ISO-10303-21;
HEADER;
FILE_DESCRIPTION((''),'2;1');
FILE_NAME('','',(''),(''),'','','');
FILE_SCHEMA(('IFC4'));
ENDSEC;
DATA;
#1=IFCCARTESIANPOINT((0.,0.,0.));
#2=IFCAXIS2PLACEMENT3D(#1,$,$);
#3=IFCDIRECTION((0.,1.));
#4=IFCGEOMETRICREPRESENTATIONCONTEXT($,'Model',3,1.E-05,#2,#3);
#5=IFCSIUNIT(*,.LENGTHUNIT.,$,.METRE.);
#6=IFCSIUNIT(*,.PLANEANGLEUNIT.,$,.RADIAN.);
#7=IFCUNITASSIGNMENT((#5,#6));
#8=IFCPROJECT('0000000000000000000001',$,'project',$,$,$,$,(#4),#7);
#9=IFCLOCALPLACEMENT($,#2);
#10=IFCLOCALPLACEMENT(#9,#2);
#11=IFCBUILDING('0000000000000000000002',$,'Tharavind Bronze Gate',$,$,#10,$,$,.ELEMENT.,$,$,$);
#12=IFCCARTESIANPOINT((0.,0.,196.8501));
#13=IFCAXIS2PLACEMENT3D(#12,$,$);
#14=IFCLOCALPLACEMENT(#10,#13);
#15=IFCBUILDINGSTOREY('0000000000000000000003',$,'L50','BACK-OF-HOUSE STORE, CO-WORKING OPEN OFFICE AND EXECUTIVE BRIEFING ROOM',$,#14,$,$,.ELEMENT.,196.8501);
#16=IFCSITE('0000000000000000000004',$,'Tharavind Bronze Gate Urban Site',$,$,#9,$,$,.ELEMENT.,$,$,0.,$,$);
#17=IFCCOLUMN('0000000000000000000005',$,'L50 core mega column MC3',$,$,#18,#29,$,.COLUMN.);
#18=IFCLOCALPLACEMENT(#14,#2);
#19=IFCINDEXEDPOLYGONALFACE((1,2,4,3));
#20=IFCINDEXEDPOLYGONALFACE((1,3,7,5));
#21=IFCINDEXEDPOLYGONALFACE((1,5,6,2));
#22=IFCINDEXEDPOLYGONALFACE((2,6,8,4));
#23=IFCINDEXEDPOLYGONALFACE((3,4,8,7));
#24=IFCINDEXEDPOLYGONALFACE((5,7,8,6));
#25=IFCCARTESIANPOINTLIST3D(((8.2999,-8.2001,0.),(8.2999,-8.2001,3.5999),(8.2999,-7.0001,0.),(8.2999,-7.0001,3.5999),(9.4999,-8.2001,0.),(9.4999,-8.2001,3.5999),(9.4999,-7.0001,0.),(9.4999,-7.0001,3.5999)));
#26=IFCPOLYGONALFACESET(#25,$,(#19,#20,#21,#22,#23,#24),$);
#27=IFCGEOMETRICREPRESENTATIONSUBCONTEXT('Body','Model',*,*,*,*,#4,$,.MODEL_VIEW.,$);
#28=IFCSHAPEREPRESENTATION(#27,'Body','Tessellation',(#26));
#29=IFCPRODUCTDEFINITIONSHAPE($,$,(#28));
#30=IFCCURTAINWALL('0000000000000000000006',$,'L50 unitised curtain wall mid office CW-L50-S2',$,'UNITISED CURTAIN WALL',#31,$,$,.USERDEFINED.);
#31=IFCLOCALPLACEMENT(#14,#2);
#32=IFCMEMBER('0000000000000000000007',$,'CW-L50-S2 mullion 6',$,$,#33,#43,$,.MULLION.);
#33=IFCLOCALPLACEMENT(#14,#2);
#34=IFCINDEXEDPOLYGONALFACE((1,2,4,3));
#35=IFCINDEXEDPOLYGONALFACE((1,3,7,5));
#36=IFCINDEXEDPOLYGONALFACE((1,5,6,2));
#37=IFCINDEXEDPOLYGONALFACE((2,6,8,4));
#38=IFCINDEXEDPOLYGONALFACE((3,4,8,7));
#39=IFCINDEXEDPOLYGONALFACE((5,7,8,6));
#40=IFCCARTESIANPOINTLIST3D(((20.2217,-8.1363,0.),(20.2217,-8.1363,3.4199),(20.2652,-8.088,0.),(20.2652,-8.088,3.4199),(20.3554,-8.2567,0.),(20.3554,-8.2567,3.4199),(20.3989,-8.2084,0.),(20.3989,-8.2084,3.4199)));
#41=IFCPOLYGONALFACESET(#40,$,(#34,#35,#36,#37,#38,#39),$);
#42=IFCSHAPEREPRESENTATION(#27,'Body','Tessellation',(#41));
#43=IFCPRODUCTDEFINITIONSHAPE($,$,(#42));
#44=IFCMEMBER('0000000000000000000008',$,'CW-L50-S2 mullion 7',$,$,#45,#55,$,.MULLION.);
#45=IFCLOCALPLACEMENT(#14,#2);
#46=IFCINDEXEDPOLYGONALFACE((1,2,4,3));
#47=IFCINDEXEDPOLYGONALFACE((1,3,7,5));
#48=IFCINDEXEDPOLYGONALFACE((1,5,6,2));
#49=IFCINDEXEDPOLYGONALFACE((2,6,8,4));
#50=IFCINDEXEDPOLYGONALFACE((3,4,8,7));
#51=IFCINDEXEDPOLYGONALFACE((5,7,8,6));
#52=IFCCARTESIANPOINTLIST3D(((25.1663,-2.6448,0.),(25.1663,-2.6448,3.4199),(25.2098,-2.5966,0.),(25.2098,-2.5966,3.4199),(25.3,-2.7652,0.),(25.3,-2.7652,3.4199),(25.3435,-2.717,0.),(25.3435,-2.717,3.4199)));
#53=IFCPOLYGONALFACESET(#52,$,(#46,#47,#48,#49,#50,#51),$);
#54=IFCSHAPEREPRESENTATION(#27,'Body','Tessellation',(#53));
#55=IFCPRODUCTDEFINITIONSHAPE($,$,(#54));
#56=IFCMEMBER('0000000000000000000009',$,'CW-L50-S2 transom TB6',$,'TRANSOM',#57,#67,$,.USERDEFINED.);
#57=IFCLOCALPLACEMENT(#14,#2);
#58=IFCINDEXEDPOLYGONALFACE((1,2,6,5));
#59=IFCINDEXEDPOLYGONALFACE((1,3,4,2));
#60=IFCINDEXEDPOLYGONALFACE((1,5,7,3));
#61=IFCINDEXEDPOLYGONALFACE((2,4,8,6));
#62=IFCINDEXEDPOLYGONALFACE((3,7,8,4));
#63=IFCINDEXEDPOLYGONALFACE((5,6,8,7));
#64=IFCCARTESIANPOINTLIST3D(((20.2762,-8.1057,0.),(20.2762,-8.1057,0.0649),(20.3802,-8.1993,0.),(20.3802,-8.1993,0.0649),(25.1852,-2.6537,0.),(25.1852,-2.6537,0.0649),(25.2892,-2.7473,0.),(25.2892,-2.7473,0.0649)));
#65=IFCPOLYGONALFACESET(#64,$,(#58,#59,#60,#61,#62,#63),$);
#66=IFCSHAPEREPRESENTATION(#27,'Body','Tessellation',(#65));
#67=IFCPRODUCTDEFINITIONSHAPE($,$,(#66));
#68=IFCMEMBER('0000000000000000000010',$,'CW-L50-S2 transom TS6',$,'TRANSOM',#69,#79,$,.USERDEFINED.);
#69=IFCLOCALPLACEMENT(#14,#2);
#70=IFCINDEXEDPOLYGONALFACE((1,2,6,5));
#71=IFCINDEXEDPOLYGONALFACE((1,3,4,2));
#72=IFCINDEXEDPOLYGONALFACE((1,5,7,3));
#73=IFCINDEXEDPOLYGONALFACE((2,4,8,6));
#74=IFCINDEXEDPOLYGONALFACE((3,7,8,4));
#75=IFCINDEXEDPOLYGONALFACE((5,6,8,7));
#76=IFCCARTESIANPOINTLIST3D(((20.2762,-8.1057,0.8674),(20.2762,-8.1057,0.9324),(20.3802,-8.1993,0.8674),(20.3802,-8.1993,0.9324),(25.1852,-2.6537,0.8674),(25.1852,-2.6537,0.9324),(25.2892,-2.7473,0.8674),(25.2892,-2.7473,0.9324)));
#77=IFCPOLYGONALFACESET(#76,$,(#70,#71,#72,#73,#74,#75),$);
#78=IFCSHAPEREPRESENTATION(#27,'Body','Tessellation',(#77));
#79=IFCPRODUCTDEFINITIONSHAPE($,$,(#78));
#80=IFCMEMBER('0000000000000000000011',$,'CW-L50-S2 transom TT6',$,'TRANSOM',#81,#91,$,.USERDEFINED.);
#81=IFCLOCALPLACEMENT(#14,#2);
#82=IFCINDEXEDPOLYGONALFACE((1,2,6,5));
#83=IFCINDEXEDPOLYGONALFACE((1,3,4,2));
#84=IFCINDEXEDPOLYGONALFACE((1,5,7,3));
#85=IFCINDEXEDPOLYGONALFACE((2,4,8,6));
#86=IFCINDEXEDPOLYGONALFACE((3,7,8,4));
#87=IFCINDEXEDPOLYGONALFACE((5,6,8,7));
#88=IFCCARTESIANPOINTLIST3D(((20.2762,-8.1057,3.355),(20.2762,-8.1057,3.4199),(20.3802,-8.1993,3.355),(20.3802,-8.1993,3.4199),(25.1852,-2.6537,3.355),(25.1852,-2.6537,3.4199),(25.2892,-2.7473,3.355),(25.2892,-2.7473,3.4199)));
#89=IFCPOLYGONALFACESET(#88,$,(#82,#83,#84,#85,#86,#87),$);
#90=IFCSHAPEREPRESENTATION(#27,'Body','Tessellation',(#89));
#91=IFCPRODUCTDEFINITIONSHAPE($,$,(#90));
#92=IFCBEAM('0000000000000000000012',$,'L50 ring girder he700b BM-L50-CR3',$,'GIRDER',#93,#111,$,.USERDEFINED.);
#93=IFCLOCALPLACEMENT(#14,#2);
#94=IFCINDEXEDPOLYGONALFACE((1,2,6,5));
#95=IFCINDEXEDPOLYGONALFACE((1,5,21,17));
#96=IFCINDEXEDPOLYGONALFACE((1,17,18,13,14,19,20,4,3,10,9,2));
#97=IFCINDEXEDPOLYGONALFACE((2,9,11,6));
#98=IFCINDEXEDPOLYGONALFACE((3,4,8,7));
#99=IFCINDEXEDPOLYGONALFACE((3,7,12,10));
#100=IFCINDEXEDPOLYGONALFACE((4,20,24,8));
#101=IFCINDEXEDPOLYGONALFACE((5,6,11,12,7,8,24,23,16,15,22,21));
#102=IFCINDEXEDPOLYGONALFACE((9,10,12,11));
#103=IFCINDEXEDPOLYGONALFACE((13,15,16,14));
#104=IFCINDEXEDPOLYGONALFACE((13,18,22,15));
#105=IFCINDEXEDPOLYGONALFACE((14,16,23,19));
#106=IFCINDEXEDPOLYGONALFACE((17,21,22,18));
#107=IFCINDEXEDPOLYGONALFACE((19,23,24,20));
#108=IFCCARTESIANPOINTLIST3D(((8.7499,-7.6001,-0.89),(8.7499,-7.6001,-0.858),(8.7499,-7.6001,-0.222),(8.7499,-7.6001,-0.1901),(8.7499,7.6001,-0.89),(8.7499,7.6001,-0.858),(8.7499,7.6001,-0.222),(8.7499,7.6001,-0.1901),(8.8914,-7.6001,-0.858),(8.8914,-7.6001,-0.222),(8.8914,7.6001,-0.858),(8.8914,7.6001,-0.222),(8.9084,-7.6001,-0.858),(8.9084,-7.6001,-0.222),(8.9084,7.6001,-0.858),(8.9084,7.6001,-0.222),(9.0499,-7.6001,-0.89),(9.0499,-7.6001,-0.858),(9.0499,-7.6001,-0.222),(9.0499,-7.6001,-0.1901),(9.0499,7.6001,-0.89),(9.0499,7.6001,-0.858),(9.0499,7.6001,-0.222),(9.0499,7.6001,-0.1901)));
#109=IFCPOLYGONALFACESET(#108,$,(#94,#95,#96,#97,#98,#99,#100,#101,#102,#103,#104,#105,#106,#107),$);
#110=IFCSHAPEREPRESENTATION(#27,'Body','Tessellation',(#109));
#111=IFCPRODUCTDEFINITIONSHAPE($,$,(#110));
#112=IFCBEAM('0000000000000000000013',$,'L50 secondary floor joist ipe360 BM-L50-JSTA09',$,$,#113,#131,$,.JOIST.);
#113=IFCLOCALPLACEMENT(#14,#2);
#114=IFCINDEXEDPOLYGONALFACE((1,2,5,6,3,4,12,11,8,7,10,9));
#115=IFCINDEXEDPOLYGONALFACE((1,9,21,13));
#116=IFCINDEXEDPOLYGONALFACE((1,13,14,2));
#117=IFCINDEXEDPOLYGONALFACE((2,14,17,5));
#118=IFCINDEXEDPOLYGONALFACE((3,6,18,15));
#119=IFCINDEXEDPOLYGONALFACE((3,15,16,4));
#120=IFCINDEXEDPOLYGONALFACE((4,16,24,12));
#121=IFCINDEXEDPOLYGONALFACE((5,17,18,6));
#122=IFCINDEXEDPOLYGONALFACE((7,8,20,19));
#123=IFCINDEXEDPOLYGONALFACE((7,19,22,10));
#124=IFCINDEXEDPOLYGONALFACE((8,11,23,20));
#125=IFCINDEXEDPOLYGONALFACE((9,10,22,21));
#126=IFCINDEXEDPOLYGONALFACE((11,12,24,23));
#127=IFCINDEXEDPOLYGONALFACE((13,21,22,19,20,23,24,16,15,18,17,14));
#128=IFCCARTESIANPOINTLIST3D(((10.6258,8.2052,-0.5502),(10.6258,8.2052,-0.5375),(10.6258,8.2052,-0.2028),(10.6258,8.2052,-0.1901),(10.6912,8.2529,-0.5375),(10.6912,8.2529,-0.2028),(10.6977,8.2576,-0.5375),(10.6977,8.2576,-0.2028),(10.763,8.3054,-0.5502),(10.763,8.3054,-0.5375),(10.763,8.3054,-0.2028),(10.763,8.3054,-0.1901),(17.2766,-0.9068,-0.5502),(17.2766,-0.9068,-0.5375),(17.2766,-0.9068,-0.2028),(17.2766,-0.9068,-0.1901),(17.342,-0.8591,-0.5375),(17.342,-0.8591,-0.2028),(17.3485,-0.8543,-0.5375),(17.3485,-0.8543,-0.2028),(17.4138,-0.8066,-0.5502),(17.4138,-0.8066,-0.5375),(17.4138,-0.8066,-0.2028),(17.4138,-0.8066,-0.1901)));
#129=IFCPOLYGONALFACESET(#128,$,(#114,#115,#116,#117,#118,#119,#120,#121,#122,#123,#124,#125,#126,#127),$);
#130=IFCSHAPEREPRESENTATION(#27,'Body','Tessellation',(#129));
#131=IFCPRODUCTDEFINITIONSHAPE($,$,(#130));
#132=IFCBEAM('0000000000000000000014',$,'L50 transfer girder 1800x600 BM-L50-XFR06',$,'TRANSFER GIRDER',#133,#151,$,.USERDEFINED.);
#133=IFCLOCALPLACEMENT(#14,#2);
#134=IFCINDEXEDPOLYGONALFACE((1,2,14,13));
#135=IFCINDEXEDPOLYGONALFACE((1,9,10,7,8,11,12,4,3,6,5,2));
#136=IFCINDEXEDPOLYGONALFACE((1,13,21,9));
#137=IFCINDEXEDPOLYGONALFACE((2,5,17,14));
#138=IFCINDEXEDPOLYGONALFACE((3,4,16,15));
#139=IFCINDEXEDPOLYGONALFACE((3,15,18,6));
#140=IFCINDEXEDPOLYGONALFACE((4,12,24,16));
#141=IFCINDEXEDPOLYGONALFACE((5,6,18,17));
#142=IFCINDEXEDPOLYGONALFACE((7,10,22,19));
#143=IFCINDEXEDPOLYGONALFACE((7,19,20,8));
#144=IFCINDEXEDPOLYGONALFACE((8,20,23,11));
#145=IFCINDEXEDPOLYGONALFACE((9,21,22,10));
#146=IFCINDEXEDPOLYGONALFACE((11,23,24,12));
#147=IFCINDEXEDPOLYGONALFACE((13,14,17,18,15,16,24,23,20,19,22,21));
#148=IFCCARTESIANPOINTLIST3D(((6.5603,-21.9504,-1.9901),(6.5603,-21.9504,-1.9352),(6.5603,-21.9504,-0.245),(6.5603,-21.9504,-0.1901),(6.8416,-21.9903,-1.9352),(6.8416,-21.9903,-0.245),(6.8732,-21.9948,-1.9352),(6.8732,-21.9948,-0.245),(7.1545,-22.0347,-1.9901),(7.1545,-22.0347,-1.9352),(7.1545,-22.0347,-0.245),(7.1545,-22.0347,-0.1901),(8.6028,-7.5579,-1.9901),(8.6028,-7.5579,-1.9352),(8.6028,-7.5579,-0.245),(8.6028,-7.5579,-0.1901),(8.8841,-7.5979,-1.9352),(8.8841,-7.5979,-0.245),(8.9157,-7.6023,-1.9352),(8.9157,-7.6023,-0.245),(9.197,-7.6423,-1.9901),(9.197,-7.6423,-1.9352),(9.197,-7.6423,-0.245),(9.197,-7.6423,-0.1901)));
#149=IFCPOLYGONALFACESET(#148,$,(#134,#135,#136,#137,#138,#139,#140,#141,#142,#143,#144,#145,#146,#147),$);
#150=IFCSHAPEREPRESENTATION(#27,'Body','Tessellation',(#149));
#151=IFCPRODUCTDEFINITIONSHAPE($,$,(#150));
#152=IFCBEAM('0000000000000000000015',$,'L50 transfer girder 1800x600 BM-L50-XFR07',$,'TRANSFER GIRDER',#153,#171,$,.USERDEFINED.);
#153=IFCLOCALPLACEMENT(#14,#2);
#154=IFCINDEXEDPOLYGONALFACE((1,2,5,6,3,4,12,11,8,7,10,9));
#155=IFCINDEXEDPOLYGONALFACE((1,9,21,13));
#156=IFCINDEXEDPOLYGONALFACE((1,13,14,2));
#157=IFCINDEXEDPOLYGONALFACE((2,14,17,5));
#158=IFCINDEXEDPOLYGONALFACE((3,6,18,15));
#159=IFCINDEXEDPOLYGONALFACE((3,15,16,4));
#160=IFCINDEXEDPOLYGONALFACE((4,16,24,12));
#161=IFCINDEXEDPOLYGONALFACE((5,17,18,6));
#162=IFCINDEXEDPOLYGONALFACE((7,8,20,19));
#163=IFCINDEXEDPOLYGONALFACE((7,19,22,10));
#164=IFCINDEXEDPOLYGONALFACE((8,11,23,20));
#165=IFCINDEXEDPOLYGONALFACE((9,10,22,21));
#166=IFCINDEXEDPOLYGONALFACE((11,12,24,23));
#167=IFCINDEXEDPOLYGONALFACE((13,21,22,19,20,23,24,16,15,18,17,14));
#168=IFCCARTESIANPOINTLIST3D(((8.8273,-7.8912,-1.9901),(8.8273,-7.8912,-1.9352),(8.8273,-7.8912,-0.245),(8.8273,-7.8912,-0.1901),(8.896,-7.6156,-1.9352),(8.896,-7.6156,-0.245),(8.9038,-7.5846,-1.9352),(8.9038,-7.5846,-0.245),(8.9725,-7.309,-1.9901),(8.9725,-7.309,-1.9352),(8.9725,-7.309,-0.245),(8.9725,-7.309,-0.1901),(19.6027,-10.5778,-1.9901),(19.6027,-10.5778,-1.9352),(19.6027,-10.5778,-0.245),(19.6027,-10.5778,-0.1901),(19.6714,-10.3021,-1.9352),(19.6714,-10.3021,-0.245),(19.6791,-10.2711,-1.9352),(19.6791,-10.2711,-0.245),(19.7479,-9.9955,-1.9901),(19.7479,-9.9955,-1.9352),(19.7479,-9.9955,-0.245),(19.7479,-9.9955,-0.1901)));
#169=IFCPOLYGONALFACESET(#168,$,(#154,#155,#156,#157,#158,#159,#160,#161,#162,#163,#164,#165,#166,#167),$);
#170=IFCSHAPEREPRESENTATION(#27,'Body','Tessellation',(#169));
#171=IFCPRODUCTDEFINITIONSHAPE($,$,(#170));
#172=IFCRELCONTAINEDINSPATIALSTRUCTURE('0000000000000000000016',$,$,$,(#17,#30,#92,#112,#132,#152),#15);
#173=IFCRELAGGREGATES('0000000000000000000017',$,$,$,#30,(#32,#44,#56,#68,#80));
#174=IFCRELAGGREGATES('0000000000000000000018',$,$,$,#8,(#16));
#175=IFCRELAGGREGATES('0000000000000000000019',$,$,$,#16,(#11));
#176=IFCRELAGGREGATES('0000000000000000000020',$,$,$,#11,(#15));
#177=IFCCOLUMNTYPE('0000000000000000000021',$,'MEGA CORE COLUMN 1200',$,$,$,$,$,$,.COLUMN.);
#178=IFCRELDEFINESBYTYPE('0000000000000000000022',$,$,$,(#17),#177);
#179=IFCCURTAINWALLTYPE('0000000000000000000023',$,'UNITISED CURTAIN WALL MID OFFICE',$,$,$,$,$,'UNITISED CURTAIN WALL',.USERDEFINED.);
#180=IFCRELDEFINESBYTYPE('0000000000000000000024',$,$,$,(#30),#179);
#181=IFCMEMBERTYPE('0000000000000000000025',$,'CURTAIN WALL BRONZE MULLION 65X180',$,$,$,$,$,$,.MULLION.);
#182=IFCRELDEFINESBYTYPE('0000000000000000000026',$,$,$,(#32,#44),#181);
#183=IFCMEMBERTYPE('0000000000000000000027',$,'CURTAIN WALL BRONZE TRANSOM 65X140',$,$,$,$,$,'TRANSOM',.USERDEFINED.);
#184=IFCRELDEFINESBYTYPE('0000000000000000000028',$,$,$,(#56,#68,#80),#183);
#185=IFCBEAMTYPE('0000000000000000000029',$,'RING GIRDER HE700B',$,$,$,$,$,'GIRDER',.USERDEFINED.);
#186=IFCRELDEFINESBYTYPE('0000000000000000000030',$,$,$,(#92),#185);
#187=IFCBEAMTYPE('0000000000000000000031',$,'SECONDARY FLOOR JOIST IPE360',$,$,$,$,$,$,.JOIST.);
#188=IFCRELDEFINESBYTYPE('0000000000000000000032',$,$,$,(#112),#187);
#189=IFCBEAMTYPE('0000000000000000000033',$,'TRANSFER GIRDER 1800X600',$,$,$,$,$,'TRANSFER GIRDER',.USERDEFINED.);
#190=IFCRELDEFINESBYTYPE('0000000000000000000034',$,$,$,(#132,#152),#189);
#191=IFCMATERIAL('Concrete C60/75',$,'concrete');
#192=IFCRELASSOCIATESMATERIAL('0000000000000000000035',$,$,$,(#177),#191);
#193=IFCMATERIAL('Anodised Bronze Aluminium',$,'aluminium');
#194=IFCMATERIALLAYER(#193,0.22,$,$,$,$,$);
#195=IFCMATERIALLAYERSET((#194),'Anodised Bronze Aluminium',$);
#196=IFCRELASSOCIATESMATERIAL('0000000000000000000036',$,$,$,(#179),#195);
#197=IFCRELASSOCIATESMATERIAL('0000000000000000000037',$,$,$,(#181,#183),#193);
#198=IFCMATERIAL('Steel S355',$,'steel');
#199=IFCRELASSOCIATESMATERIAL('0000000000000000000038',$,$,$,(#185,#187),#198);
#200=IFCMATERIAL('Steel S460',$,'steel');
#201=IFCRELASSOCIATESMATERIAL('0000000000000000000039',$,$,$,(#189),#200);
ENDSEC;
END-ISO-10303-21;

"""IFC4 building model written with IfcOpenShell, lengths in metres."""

from ifc_helpers import new_model, si_unit, direction, frame, origin, origin_2d, place, context, subcontext, project, spatial, rectangle, i_section, extrude, material, layer, layer_set, material_profile, profile_set, type_object, element, aggregate, save


model = new_model("IFC4")

# Units and contexts
model_context = context("Model", 3, precision=1e-05, world=origin(), true_north=direction((0.0, 1.0)))
body_context = subcontext(model_context, "Body", "Model", "MODEL_VIEW")
ifc_project = project(units=[si_unit("LENGTHUNIT", "METRE"), si_unit("PLANEANGLEUNIT", "RADIAN")], contexts=[model_context])

# Site, building, storey
site_placement = place(None, origin())
site = spatial("IfcSite", under=ifc_project, at=site_placement, Name="Tharavind Bronze Gate Urban Site", CompositionType="ELEMENT", RefElevation=0.0)
building_placement = place(site_placement, origin())
building = spatial("IfcBuilding", under=site, at=building_placement, Name="Tharavind Bronze Gate", CompositionType="ELEMENT")
storey_placement = place(building_placement, frame((0.0, 0.0, 196.8501)))
storey = spatial("IfcBuildingStorey", under=building, at=storey_placement, Name="L50", Description="BACK-OF-HOUSE STORE, CO-WORKING OPEN OFFICE AND EXECUTIVE BRIEFING ROOM", CompositionType="ELEMENT", Elevation=196.8501)

# Column
ifc_material_1 = material(Name="Concrete C60/75", Category="concrete")
ifc_material_profile_1 = material_profile(ifc_material_1, rectangle(XDim=1.2, YDim=1.2, at=origin_2d()), Name="RCCOL1200")
ifc_profile_set_1 = profile_set([ifc_material_profile_1], Name="Concrete C60/75")
column_type = type_object("IfcColumnType", Name="MEGA CORE COLUMN 1200", PredefinedType="COLUMN", material=ifc_profile_set_1)
column_placement = place(storey_placement, frame((8.8999, -7.6001, 0.0), z_axis=(0.0, 0.0, 1.0), x_axis=(1.0, 0.0, 0.0)))
element("IfcColumn", 1, at=column_placement, inside=storey, type_object=column_type, Name="L50 core mega column MC3", PredefinedType="COLUMN", context=body_context, shape_type="SweptSolid", body=[
    extrude(rectangle(XDim=1.2, YDim=1.2, at=origin_2d()), origin(), (0.0, 0.0, 1.0), 3.5999),
])

# Curtain wall, members
ifc_material_2 = material(Name="Anodised Bronze Aluminium", Category="aluminium")
ifc_layer_1 = layer(ifc_material_2, 0.22)
ifc_layer_set_1 = layer_set([ifc_layer_1], Name="Anodised Bronze Aluminium")
curtain_wall_type = type_object("IfcCurtainWallType", Name="UNITISED CURTAIN WALL MID OFFICE", ElementType="UNITISED CURTAIN WALL", PredefinedType="USERDEFINED", material=ifc_layer_set_1)
curtain_wall_placement = place(storey_placement, origin())
curtain_wall = element("IfcCurtainWall", 2, at=curtain_wall_placement, inside=storey, type_object=curtain_wall_type, Name="L50 unitised curtain wall mid office CW-L50-S2", ObjectType="UNITISED CURTAIN WALL", PredefinedType="USERDEFINED")
member_type_1 = type_object("IfcMemberType", Name="CURTAIN WALL BRONZE MULLION 65X180", PredefinedType="MULLION", material=ifc_material_2)
member_1_placement = place(storey_placement, frame((20.3103, -8.1724, 0.0), z_axis=(0.0, 0.0, 1.0), x_axis=(0.669131, 0.743145, 0.0)))
member_1 = element("IfcMember", 3, at=member_1_placement, type_object=member_type_1, Name="CW-L50-S2 mullion 6", PredefinedType="MULLION", context=body_context, shape_type="SweptSolid", body=[
    extrude(rectangle(XDim=0.0649, YDim=0.1799, at=origin_2d()), origin(), (0.0, 0.0, 1.0), 3.4199),
])
member_2_placement = place(storey_placement, frame((25.2549, -2.6809, 0.0), z_axis=(0.0, 0.0, 1.0), x_axis=(0.669131, 0.743145, 0.0)))
member_2 = element("IfcMember", 4, at=member_2_placement, type_object=member_type_1, Name="CW-L50-S2 mullion 7", PredefinedType="MULLION", context=body_context, shape_type="SweptSolid", body=[
    extrude(rectangle(XDim=0.0649, YDim=0.1799, at=origin_2d()), origin(), (0.0, 0.0, 1.0), 3.4199),
])
member_type_2 = type_object("IfcMemberType", Name="CURTAIN WALL BRONZE TRANSOM 65X140", ElementType="TRANSOM", PredefinedType="USERDEFINED", material=ifc_material_2)
member_3_placement = place(storey_placement, frame((22.7827, -5.4265, 0.0), z_axis=(0.0, 0.0, 1.0), x_axis=(0.669131, 0.743145, 0.0)))
member_3 = element("IfcMember", 5, at=member_3_placement, type_object=member_type_2, Name="CW-L50-S2 transom TB6", ObjectType="TRANSOM", PredefinedType="USERDEFINED", context=body_context, shape_type="SweptSolid", body=[
    extrude(rectangle(XDim=7.3364, YDim=0.1399, at=origin_2d()), origin(), (0.0, 0.0, 1.0), 0.0649),
])
member_4_placement = place(storey_placement, frame((22.7827, -5.4265, 0.8674), z_axis=(0.0, 0.0, 1.0), x_axis=(0.669131, 0.743145, 0.0)))
member_4 = element("IfcMember", 6, at=member_4_placement, type_object=member_type_2, Name="CW-L50-S2 transom TS6", ObjectType="TRANSOM", PredefinedType="USERDEFINED", context=body_context, shape_type="SweptSolid", body=[
    extrude(rectangle(XDim=7.3364, YDim=0.1399, at=origin_2d()), origin(), (0.0, 0.0, 1.0), 0.0649),
])
member_5_placement = place(storey_placement, frame((22.7827, -5.4265, 3.355), z_axis=(0.0, 0.0, 1.0), x_axis=(0.669131, 0.743145, 0.0)))
member_5 = element("IfcMember", 7, at=member_5_placement, type_object=member_type_2, Name="CW-L50-S2 transom TT6", ObjectType="TRANSOM", PredefinedType="USERDEFINED", context=body_context, shape_type="SweptSolid", body=[
    extrude(rectangle(XDim=7.3364, YDim=0.1399, at=origin_2d()), origin(), (0.0, 0.0, 1.0), 0.0649),
])

# Beams
ifc_material_3 = material(Name="Steel S355", Category="steel")
ifc_material_profile_2 = material_profile(ifc_material_3, i_section(OverallWidth=0.3, OverallDepth=0.7, WebThickness=0.0171, FlangeThickness=0.032, at=origin_2d()), Name="HE700B")
ifc_profile_set_2 = profile_set([ifc_material_profile_2], Name="Steel S355")
beam_type_1 = type_object("IfcBeamType", Name="RING GIRDER HE700B", ElementType="GIRDER", PredefinedType="USERDEFINED", material=ifc_profile_set_2)
beam_1_placement = place(storey_placement, frame((8.8999, -7.6001, -0.54), z_axis=(0.0, 1.0, 0.0), x_axis=(-1.0, 0.0, 0.0)))
element("IfcBeam", 8, at=beam_1_placement, inside=storey, type_object=beam_type_1, Name="L50 ring girder he700b BM-L50-CR3", ObjectType="GIRDER", PredefinedType="USERDEFINED", context=body_context, shape_type="SweptSolid", body=[
    extrude(i_section(OverallWidth=0.3, OverallDepth=0.7, WebThickness=0.0171, FlangeThickness=0.032, at=origin_2d()), origin(), (0.0, 0.0, 1.0), 15.2002),
])
ifc_material_profile_3 = material_profile(ifc_material_3, i_section(OverallWidth=0.1699, OverallDepth=0.3601, WebThickness=0.0081, FlangeThickness=0.0127, at=origin_2d()), Name="IPE360")
ifc_profile_set_3 = profile_set([ifc_material_profile_3], Name="Steel S355")
beam_type_2 = type_object("IfcBeamType", Name="SECONDARY FLOOR JOIST IPE360", PredefinedType="JOIST", material=ifc_profile_set_3)
beam_2_placement = place(storey_placement, frame((17.3452, -0.8567, -0.3701), z_axis=(-0.589558, 0.807726, 0.0), x_axis=(-0.807726, -0.589558, 0.0)))
element("IfcBeam", 9, at=beam_2_placement, inside=storey, type_object=beam_type_2, Name="L50 secondary floor joist ipe360 BM-L50-JSTA09", PredefinedType="JOIST", context=body_context, shape_type="SweptSolid", body=[
    extrude(i_section(OverallWidth=0.1699, OverallDepth=0.3601, WebThickness=0.0081, FlangeThickness=0.0127, at=origin_2d()), origin(), (0.0, 0.0, 1.0), 11.281),
])
ifc_material_4 = material(Name="Steel S460", Category="steel")
ifc_material_profile_4 = material_profile(ifc_material_4, i_section(OverallWidth=0.6001, OverallDepth=1.8, WebThickness=0.032, FlangeThickness=0.0549, at=origin_2d()), Name="PG1800X600")
ifc_profile_set_4 = profile_set([ifc_material_profile_4], Name="Steel S460")
beam_type_3 = type_object("IfcBeamType", Name="TRANSFER GIRDER 1800X600", ElementType="TRANSFER GIRDER", PredefinedType="USERDEFINED", material=ifc_profile_set_4)
beam_3_placement = place(storey_placement, frame((8.8999, -7.6001, -1.0901), z_axis=(-0.140507, -0.99008, 0.0), x_axis=(0.99008, -0.140507, 0.0)))
element("IfcBeam", 10, at=beam_3_placement, inside=storey, type_object=beam_type_3, Name="L50 transfer girder 1800x600 BM-L50-XFR06", ObjectType="TRANSFER GIRDER", PredefinedType="USERDEFINED", context=body_context, shape_type="SweptSolid", body=[
    extrude(i_section(OverallWidth=0.6001, OverallDepth=1.8, WebThickness=0.032, FlangeThickness=0.0549, at=origin_2d()), origin(), (0.0, 0.0, 1.0), 14.5366),
])
beam_4_placement = place(storey_placement, frame((8.8999, -7.6001, -1.0901), z_axis=(0.970297, -0.241915, 0.0), x_axis=(0.241915, 0.970297, 0.0)))
element("IfcBeam", 11, at=beam_4_placement, inside=storey, type_object=beam_type_3, Name="L50 transfer girder 1800x600 BM-L50-XFR07", ObjectType="TRANSFER GIRDER", PredefinedType="USERDEFINED", context=body_context, shape_type="SweptSolid", body=[
    extrude(i_section(OverallWidth=0.6001, OverallDepth=1.8, WebThickness=0.032, FlangeThickness=0.0549, at=origin_2d()), origin(), (0.0, 0.0, 1.0), 11.1052),
])

aggregate(curtain_wall, [member_1, member_2, member_3, member_4, member_5])

save(model, "model.ifc")
